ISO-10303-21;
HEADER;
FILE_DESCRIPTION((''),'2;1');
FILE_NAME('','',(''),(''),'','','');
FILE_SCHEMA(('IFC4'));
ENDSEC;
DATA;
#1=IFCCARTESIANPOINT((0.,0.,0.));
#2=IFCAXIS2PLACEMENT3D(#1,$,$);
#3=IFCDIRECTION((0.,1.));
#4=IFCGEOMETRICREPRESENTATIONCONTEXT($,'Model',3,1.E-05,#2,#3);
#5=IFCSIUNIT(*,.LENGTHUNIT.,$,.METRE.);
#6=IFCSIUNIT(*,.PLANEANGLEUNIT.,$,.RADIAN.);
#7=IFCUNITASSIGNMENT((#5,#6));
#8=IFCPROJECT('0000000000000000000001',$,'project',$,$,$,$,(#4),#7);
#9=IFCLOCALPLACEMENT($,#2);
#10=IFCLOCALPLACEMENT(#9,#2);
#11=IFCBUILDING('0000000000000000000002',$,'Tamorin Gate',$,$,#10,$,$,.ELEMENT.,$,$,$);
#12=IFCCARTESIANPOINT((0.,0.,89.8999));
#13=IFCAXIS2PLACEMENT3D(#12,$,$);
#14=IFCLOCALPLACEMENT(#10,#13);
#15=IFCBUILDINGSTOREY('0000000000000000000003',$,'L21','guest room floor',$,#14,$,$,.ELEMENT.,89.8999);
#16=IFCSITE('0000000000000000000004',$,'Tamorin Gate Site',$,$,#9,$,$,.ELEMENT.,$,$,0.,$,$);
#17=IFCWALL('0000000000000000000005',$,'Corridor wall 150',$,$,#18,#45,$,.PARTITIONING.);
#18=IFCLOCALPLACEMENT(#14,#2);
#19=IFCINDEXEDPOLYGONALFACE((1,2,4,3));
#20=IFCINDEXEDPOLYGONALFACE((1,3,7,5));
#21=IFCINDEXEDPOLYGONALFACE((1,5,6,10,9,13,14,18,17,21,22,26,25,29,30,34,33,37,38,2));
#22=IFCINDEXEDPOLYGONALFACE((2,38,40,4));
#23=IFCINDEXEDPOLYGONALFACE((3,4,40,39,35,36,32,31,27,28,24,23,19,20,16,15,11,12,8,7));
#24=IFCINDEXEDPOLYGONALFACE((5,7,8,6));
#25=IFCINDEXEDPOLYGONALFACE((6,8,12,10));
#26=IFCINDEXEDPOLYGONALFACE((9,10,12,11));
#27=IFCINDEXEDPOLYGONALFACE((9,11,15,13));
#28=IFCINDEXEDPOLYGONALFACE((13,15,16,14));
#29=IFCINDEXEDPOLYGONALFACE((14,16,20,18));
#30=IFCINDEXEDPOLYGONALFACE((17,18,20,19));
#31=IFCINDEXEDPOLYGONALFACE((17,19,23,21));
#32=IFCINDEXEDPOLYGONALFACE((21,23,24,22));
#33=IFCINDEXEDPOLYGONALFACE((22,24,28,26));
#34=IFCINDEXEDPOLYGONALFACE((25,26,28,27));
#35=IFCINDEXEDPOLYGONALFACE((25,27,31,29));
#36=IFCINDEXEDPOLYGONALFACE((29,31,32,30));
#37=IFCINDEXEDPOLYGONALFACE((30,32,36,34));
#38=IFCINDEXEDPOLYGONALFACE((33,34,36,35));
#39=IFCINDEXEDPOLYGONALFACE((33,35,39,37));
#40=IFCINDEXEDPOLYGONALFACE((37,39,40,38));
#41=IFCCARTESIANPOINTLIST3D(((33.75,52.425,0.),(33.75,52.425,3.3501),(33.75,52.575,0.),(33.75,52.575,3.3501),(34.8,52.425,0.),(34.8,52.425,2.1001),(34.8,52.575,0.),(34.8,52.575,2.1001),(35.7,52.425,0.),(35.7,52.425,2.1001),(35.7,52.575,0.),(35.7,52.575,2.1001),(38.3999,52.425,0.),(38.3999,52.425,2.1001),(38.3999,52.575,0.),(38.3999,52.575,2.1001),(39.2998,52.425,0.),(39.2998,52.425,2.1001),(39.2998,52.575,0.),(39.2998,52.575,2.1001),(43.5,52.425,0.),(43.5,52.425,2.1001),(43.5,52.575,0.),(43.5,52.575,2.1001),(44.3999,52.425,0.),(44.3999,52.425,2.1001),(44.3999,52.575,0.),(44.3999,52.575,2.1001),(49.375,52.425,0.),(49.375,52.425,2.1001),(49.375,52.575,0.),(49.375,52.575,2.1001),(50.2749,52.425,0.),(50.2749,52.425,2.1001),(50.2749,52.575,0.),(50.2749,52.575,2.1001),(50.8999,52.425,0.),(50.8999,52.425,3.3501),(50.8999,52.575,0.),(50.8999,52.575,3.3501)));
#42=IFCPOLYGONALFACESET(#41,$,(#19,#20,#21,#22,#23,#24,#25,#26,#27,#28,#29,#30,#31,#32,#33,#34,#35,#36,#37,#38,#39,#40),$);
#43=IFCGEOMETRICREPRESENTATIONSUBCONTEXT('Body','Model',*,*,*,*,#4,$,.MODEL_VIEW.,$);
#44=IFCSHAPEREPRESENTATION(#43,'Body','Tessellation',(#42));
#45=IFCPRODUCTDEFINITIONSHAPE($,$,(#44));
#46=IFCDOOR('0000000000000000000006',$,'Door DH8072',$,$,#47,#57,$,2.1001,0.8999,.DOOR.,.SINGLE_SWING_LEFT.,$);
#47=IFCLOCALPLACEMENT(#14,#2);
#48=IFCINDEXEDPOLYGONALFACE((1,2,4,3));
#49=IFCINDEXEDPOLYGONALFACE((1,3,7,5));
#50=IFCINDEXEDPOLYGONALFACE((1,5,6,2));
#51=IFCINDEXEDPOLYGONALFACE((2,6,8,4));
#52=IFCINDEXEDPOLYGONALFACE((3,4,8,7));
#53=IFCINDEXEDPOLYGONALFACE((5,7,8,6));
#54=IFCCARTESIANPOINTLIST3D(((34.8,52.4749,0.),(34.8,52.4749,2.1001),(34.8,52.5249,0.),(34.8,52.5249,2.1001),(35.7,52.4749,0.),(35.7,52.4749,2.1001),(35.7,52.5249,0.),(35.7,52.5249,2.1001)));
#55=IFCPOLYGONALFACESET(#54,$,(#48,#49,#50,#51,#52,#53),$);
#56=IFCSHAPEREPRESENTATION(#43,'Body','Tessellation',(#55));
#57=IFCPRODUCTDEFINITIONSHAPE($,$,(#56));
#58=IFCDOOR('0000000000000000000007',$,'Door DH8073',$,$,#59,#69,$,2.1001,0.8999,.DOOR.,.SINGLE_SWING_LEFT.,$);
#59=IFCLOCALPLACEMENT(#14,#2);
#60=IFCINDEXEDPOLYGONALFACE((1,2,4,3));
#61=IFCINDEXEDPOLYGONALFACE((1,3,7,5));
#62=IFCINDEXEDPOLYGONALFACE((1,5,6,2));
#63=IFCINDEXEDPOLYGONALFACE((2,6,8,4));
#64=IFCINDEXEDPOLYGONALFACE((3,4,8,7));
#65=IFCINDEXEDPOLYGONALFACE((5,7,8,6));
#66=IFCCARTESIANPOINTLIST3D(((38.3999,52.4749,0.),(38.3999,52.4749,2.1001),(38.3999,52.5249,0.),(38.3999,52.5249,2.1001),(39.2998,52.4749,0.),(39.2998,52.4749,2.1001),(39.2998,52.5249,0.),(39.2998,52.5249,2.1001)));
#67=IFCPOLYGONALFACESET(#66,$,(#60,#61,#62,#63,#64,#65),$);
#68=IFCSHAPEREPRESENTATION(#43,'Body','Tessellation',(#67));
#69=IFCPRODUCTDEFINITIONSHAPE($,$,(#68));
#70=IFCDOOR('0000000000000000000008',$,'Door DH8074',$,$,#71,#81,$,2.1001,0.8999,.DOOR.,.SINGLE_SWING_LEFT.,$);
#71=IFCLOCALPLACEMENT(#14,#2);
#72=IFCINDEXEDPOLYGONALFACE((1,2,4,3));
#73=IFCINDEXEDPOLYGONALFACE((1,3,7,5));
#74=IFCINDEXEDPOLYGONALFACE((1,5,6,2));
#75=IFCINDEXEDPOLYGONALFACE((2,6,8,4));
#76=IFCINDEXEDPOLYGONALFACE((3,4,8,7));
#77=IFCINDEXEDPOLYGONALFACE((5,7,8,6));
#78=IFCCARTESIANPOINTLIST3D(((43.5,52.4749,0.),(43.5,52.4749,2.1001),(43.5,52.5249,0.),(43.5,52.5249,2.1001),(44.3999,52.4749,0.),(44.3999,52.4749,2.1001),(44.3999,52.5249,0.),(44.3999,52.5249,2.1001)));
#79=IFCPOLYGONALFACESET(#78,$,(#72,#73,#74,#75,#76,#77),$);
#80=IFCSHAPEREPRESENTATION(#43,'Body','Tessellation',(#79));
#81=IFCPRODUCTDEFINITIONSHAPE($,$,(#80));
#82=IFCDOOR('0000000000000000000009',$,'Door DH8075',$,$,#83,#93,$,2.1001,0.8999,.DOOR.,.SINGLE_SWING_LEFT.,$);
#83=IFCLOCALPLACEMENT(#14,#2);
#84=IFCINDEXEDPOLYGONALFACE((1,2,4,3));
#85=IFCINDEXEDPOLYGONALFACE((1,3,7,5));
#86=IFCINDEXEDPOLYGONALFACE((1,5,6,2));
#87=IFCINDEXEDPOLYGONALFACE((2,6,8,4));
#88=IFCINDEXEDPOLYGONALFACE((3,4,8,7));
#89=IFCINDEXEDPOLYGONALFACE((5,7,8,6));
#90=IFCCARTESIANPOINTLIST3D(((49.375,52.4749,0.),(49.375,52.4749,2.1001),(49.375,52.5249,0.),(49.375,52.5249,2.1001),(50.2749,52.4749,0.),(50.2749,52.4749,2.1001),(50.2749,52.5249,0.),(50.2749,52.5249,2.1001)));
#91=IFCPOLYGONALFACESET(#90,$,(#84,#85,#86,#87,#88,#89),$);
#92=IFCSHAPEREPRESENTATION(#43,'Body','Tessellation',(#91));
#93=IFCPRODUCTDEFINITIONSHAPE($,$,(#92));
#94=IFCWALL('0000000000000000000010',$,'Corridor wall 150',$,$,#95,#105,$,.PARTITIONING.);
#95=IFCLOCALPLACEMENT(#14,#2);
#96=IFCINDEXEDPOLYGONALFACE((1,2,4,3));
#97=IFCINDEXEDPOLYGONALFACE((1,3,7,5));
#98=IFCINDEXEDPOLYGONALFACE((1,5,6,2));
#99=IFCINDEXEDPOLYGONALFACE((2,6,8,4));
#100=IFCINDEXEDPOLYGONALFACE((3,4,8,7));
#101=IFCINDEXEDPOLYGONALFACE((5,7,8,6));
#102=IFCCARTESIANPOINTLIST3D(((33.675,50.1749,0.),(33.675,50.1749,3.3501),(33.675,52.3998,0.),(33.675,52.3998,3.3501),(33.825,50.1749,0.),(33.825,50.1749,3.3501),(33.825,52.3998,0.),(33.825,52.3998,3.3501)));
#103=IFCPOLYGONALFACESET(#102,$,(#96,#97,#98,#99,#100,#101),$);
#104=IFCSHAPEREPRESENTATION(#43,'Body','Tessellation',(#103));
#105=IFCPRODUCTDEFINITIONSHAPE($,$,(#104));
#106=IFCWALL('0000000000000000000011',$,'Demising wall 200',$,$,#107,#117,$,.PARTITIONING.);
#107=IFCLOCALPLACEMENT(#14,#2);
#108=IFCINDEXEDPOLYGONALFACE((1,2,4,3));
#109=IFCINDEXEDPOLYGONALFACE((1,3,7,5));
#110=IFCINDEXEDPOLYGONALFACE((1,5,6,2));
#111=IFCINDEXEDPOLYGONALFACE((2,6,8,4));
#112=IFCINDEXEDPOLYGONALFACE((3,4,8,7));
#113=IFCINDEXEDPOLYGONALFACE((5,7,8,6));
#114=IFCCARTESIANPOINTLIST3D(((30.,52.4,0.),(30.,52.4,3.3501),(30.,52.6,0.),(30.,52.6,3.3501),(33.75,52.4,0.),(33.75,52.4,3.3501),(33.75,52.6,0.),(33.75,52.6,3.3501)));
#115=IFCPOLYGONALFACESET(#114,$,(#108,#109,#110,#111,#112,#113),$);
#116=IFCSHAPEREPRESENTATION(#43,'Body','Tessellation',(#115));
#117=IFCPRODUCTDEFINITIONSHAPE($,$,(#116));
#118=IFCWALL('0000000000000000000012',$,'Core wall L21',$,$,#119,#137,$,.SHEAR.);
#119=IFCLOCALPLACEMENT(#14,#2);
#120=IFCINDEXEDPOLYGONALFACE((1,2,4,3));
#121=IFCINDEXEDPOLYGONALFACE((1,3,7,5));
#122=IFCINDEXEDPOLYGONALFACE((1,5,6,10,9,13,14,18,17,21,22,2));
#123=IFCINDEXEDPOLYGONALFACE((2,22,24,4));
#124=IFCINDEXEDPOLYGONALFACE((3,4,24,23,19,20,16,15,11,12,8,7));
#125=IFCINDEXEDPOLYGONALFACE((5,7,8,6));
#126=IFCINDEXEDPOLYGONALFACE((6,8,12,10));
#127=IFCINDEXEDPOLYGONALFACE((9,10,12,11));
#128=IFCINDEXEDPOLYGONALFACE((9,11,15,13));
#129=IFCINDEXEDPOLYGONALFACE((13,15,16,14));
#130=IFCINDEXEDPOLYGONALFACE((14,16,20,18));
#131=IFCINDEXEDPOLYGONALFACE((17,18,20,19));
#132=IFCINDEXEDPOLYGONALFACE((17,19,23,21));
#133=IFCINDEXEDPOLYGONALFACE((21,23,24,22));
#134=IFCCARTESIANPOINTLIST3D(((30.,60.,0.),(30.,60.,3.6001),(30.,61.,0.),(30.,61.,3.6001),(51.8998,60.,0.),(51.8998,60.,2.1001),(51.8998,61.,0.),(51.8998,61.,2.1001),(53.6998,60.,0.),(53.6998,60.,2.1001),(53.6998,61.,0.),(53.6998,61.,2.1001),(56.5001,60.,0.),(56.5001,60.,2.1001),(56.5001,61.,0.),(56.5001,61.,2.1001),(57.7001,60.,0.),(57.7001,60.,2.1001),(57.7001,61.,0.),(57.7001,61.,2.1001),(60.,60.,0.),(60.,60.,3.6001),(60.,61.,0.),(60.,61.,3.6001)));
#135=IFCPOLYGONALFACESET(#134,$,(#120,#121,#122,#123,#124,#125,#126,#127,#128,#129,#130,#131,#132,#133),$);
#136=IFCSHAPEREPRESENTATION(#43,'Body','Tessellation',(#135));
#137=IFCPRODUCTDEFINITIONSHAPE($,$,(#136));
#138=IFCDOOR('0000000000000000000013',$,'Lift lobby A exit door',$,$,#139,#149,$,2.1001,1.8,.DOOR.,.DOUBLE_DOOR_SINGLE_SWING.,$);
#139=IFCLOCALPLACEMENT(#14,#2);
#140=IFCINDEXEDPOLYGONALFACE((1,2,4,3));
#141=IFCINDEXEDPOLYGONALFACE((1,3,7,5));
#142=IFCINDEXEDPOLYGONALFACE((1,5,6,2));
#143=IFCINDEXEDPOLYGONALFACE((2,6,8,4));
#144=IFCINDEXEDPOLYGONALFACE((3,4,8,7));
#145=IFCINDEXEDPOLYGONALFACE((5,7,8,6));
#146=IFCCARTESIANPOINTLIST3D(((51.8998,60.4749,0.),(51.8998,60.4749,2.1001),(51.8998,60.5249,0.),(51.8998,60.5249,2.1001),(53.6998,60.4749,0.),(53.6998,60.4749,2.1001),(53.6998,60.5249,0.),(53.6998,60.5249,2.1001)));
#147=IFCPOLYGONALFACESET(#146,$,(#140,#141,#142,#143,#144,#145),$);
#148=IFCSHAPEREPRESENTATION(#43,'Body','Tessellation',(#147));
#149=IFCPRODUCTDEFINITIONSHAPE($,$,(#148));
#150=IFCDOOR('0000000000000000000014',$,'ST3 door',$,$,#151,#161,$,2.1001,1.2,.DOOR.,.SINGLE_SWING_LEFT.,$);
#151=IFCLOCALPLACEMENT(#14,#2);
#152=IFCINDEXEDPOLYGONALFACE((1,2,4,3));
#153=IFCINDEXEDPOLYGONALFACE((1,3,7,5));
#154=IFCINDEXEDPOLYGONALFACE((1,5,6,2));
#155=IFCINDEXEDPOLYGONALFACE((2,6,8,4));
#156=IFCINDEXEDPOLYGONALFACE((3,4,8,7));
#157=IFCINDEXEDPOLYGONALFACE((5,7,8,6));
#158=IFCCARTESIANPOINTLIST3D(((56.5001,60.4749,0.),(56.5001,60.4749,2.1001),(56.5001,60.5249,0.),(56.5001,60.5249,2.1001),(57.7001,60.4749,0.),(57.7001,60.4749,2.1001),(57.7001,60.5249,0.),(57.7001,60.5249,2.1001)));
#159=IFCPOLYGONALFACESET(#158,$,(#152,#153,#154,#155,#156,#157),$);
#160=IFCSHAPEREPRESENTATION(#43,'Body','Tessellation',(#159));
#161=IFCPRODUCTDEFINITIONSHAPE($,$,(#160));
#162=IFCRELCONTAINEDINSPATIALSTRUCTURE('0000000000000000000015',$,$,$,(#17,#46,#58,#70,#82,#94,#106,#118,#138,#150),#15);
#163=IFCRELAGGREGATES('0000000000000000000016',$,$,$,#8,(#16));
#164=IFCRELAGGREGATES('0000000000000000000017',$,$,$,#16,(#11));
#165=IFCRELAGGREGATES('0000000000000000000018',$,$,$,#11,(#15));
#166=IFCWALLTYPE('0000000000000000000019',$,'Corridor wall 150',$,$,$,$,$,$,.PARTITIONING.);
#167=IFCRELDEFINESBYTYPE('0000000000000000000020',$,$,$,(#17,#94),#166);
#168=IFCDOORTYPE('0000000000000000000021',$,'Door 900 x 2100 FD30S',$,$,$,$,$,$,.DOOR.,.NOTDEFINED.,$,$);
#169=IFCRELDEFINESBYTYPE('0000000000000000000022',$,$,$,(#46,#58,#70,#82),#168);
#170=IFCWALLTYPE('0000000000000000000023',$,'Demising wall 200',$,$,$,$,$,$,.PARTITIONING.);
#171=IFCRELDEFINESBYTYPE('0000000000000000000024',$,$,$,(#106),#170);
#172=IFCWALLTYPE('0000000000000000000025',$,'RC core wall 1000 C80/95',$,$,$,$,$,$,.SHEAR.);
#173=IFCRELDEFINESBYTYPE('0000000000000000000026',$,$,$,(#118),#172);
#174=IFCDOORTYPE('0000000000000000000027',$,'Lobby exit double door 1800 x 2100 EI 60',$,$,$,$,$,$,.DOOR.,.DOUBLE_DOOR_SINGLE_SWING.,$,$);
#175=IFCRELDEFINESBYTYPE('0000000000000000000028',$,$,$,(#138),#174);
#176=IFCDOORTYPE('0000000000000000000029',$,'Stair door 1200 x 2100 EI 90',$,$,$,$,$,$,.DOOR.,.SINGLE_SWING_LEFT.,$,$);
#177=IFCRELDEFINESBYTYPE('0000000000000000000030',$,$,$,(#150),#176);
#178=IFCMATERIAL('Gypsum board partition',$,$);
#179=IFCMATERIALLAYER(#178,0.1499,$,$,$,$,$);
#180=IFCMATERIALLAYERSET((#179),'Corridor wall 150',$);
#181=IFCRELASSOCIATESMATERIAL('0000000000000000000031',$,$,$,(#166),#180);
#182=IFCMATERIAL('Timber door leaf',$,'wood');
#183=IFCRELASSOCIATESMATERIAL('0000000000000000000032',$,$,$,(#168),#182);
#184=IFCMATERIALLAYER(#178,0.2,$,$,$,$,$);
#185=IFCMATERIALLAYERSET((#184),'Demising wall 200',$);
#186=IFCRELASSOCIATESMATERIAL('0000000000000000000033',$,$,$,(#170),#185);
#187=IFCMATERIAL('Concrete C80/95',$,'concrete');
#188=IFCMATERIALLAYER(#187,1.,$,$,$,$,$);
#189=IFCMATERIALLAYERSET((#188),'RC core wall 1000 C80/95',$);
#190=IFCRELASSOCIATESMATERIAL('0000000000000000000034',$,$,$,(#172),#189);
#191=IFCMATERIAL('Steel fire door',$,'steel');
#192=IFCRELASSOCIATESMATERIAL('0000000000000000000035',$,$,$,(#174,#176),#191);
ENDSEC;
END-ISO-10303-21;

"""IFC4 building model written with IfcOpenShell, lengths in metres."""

from ifc_helpers import new_model, si_unit, direction, frame, frame_2d, origin, place, context, subcontext, project, spatial, rectangle, extrude, material, layer, layer_set, type_object, element, fill, save


model = new_model("IFC4")

# Units and contexts
model_context = context("Model", 3, precision=1e-05, world=origin(), true_north=direction((0.0, 1.0)))
body_context = subcontext(model_context, "Body", "Model", "MODEL_VIEW")
ifc_project = project(units=[si_unit("LENGTHUNIT", "METRE"), si_unit("PLANEANGLEUNIT", "RADIAN")], contexts=[model_context])

# Site, building, storey
site_placement = place(None, origin())
site = spatial("IfcSite", under=ifc_project, at=site_placement, Name="Tamorin Gate Site", CompositionType="ELEMENT", RefElevation=0.0)
building_placement = place(site_placement, origin())
building = spatial("IfcBuilding", under=site, at=building_placement, Name="Tamorin Gate", CompositionType="ELEMENT")
storey_placement = place(building_placement, frame((0.0, 0.0, 89.8999)))
storey = spatial("IfcBuildingStorey", under=building, at=storey_placement, Name="L21", Description="guest room floor", CompositionType="ELEMENT", Elevation=89.8999)

# Shared definitions
ifc_material_1 = material(Name="Concrete C80/95", Category="concrete")

# Wall, openings, doors
ifc_material_2 = material(Name="Gypsum board partition")
ifc_layer_1 = layer(ifc_material_2, 0.1499)
ifc_layer_set_1 = layer_set([ifc_layer_1], Name="Corridor wall 150")
wall_type_1 = type_object("IfcWallType", Name="Corridor wall 150", PredefinedType="PARTITIONING", material=ifc_layer_set_1)
wall_1_placement = place(storey_placement, frame((33.75, 52.5, 0.0), z_axis=(0.0, 0.0, 1.0), x_axis=(1.0, 0.0, 0.0)))
wall_1 = element("IfcWall", 1, at=wall_1_placement, inside=storey, type_object=wall_type_1, Name="Corridor wall 150", PredefinedType="PARTITIONING", context=body_context, shape_type="SweptSolid", body=[
    extrude(rectangle(XDim=17.1499, YDim=0.1499, at=frame_2d((8.575, 0.0))), origin(), (0.0, 0.0, 1.0), 3.3501),
])
opening_1_placement = place(wall_1_placement, frame((1.05, 0.0, 0.0)))
opening_1 = element("IfcOpeningElement", 2, at=opening_1_placement, cuts=wall_1, PredefinedType="OPENING", context=body_context, shape_type="SweptSolid", body=[
    extrude(rectangle(XDim=0.8999, YDim=2.1001, at=frame_2d((0.45, 1.05))), frame((0.0, 0.085, 0.0), z_axis=(0.0, -1.0, 0.0), x_axis=(1.0, 0.0, 0.0)), (0.0, 0.0, 1.0), 0.1699),
])
opening_2_placement = place(wall_1_placement, frame((4.6499, 0.0, 0.0)))
opening_2 = element("IfcOpeningElement", 3, at=opening_2_placement, cuts=wall_1, PredefinedType="OPENING", context=body_context, shape_type="SweptSolid", body=[
    extrude(rectangle(XDim=0.8999, YDim=2.1001, at=frame_2d((0.45, 1.05))), frame((0.0, 0.085, 0.0), z_axis=(0.0, -1.0, 0.0), x_axis=(1.0, 0.0, 0.0)), (0.0, 0.0, 1.0), 0.1699),
])
opening_3_placement = place(wall_1_placement, frame((9.75, 0.0, 0.0)))
opening_3 = element("IfcOpeningElement", 4, at=opening_3_placement, cuts=wall_1, PredefinedType="OPENING", context=body_context, shape_type="SweptSolid", body=[
    extrude(rectangle(XDim=0.8999, YDim=2.1001, at=frame_2d((0.45, 1.05))), frame((0.0, 0.085, 0.0), z_axis=(0.0, -1.0, 0.0), x_axis=(1.0, 0.0, 0.0)), (0.0, 0.0, 1.0), 0.1699),
])
opening_4_placement = place(wall_1_placement, frame((15.625, 0.0, 0.0)))
opening_4 = element("IfcOpeningElement", 5, at=opening_4_placement, cuts=wall_1, PredefinedType="OPENING", context=body_context, shape_type="SweptSolid", body=[
    extrude(rectangle(XDim=0.8999, YDim=2.1001, at=frame_2d((0.45, 1.05))), frame((0.0, 0.085, 0.0), z_axis=(0.0, -1.0, 0.0), x_axis=(1.0, 0.0, 0.0)), (0.0, 0.0, 1.0), 0.1699),
])
ifc_material_3 = material(Name="Timber door leaf", Category="wood")
door_type_1 = type_object("IfcDoorType", Name="Door 900 x 2100 FD30S", OperationType="NOTDEFINED", PredefinedType="DOOR", material=ifc_material_3)
door_1_placement = place(opening_1_placement, origin())
door_1 = element("IfcDoor", 6, at=door_1_placement, inside=storey, type_object=door_type_1, Name="Door DH8072", OperationType="SINGLE_SWING_LEFT", OverallHeight=2.1001, OverallWidth=0.8999, PredefinedType="DOOR", context=body_context, shape_type="SweptSolid", body=[
    extrude(rectangle(XDim=0.8999, YDim=2.1001, at=frame_2d((0.45, 1.05))), frame((0.0, 0.0249, 0.0), z_axis=(0.0, -1.0, 0.0), x_axis=(1.0, 0.0, 0.0)), (0.0, 0.0, 1.0), 0.05),
])
fill(opening_1, door_1)
door_2_placement = place(opening_2_placement, origin())
door_2 = element("IfcDoor", 7, at=door_2_placement, inside=storey, type_object=door_type_1, Name="Door DH8073", OperationType="SINGLE_SWING_LEFT", OverallHeight=2.1001, OverallWidth=0.8999, PredefinedType="DOOR", context=body_context, shape_type="SweptSolid", body=[
    extrude(rectangle(XDim=0.8999, YDim=2.1001, at=frame_2d((0.45, 1.05))), frame((0.0, 0.0249, 0.0), z_axis=(0.0, -1.0, 0.0), x_axis=(1.0, 0.0, 0.0)), (0.0, 0.0, 1.0), 0.05),
])
fill(opening_2, door_2)
door_3_placement = place(opening_3_placement, origin())
door_3 = element("IfcDoor", 8, at=door_3_placement, inside=storey, type_object=door_type_1, Name="Door DH8074", OperationType="SINGLE_SWING_LEFT", OverallHeight=2.1001, OverallWidth=0.8999, PredefinedType="DOOR", context=body_context, shape_type="SweptSolid", body=[
    extrude(rectangle(XDim=0.8999, YDim=2.1001, at=frame_2d((0.45, 1.05))), frame((0.0, 0.0249, 0.0), z_axis=(0.0, -1.0, 0.0), x_axis=(1.0, 0.0, 0.0)), (0.0, 0.0, 1.0), 0.05),
])
fill(opening_3, door_3)
door_4_placement = place(opening_4_placement, origin())
door_4 = element("IfcDoor", 9, at=door_4_placement, inside=storey, type_object=door_type_1, Name="Door DH8075", OperationType="SINGLE_SWING_LEFT", OverallHeight=2.1001, OverallWidth=0.8999, PredefinedType="DOOR", context=body_context, shape_type="SweptSolid", body=[
    extrude(rectangle(XDim=0.8999, YDim=2.1001, at=frame_2d((0.45, 1.05))), frame((0.0, 0.0249, 0.0), z_axis=(0.0, -1.0, 0.0), x_axis=(1.0, 0.0, 0.0)), (0.0, 0.0, 1.0), 0.05),
])
fill(opening_4, door_4)

# Walls
wall_2_placement = place(storey_placement, frame((33.75, 50.175, 0.0), z_axis=(0.0, 0.0, 1.0), x_axis=(0.0, 1.0, 0.0)))
element("IfcWall", 10, at=wall_2_placement, inside=storey, type_object=wall_type_1, Name="Corridor wall 150", PredefinedType="PARTITIONING", context=body_context, shape_type="SweptSolid", body=[
    extrude(rectangle(XDim=2.2249, YDim=0.1499, at=frame_2d((1.1123, 0.0))), origin(), (0.0, 0.0, 1.0), 3.3501),
])
ifc_layer_2 = layer(ifc_material_2, 0.2)
ifc_layer_set_2 = layer_set([ifc_layer_2], Name="Demising wall 200")
wall_type_2 = type_object("IfcWallType", Name="Demising wall 200", PredefinedType="PARTITIONING", material=ifc_layer_set_2)
wall_3_placement = place(storey_placement, frame((30.0, 52.5, 0.0), z_axis=(0.0, 0.0, 1.0), x_axis=(1.0, 0.0, 0.0)))
element("IfcWall", 11, at=wall_3_placement, inside=storey, type_object=wall_type_2, Name="Demising wall 200", PredefinedType="PARTITIONING", context=body_context, shape_type="SweptSolid", body=[
    extrude(rectangle(XDim=3.75, YDim=0.2, at=frame_2d((1.875, 0.0))), origin(), (0.0, 0.0, 1.0), 3.3501),
])

# Wall, openings, doors
ifc_layer_3 = layer(ifc_material_1, 1.0)
ifc_layer_set_3 = layer_set([ifc_layer_3], Name="RC core wall 1000 C80/95")
wall_type_3 = type_object("IfcWallType", Name="RC core wall 1000 C80/95", PredefinedType="SHEAR", material=ifc_layer_set_3)
wall_4_placement = place(storey_placement, frame((30.0, 60.5, 0.0), z_axis=(0.0, 0.0, 1.0), x_axis=(1.0, 0.0, 0.0)))
wall_4 = element("IfcWall", 12, at=wall_4_placement, inside=storey, type_object=wall_type_3, Name="Core wall L21", PredefinedType="SHEAR", context=body_context, shape_type="SweptSolid", body=[
    extrude(rectangle(XDim=30.0, YDim=1.0, at=frame_2d((15.0, 0.0))), origin(), (0.0, 0.0, 1.0), 3.6001),
])
opening_5_placement = place(wall_4_placement, frame((21.8999, 0.0, 0.0)))
opening_5 = element("IfcOpeningElement", 13, at=opening_5_placement, cuts=wall_4, PredefinedType="OPENING", context=body_context, shape_type="SweptSolid", body=[
    extrude(rectangle(XDim=1.8, YDim=2.1001, at=frame_2d((0.8999, 1.05))), frame((0.0, 0.51, 0.0), z_axis=(0.0, -1.0, 0.0), x_axis=(1.0, 0.0, 0.0)), (0.0, 0.0, 1.0), 1.02),
])
opening_6_placement = place(wall_4_placement, frame((26.5, 0.0, 0.0)))
opening_6 = element("IfcOpeningElement", 14, at=opening_6_placement, cuts=wall_4, PredefinedType="OPENING", context=body_context, shape_type="SweptSolid", body=[
    extrude(rectangle(XDim=1.2, YDim=2.1001, at=frame_2d((0.6001, 1.05))), frame((0.0, 0.51, 0.0), z_axis=(0.0, -1.0, 0.0), x_axis=(1.0, 0.0, 0.0)), (0.0, 0.0, 1.0), 1.02),
])
ifc_material_4 = material(Name="Steel fire door", Category="steel")
door_type_2 = type_object("IfcDoorType", Name="Lobby exit double door 1800 x 2100 EI 60", OperationType="DOUBLE_DOOR_SINGLE_SWING", PredefinedType="DOOR", material=ifc_material_4)
door_5_placement = place(opening_5_placement, origin())
door_5 = element("IfcDoor", 15, at=door_5_placement, inside=storey, type_object=door_type_2, Name="Lift lobby A exit door", OperationType="DOUBLE_DOOR_SINGLE_SWING", OverallHeight=2.1001, OverallWidth=1.8, PredefinedType="DOOR", context=body_context, shape_type="SweptSolid", body=[
    extrude(rectangle(XDim=1.8, YDim=2.1001, at=frame_2d((0.8999, 1.05))), frame((0.0, 0.0249, 0.0), z_axis=(0.0, -1.0, 0.0), x_axis=(1.0, 0.0, 0.0)), (0.0, 0.0, 1.0), 0.05),
])
fill(opening_5, door_5)
door_type_3 = type_object("IfcDoorType", Name="Stair door 1200 x 2100 EI 90", OperationType="SINGLE_SWING_LEFT", PredefinedType="DOOR", material=ifc_material_4)
door_6_placement = place(opening_6_placement, origin())
door_6 = element("IfcDoor", 16, at=door_6_placement, inside=storey, type_object=door_type_3, Name="ST3 door", OperationType="SINGLE_SWING_LEFT", OverallHeight=2.1001, OverallWidth=1.2, PredefinedType="DOOR", context=body_context, shape_type="SweptSolid", body=[
    extrude(rectangle(XDim=1.2, YDim=2.1001, at=frame_2d((0.6001, 1.05))), frame((0.0, 0.0249, 0.0), z_axis=(0.0, -1.0, 0.0), x_axis=(1.0, 0.0, 0.0)), (0.0, 0.0, 1.0), 0.05),
])
fill(opening_6, door_6)

save(model, "model.ifc")
